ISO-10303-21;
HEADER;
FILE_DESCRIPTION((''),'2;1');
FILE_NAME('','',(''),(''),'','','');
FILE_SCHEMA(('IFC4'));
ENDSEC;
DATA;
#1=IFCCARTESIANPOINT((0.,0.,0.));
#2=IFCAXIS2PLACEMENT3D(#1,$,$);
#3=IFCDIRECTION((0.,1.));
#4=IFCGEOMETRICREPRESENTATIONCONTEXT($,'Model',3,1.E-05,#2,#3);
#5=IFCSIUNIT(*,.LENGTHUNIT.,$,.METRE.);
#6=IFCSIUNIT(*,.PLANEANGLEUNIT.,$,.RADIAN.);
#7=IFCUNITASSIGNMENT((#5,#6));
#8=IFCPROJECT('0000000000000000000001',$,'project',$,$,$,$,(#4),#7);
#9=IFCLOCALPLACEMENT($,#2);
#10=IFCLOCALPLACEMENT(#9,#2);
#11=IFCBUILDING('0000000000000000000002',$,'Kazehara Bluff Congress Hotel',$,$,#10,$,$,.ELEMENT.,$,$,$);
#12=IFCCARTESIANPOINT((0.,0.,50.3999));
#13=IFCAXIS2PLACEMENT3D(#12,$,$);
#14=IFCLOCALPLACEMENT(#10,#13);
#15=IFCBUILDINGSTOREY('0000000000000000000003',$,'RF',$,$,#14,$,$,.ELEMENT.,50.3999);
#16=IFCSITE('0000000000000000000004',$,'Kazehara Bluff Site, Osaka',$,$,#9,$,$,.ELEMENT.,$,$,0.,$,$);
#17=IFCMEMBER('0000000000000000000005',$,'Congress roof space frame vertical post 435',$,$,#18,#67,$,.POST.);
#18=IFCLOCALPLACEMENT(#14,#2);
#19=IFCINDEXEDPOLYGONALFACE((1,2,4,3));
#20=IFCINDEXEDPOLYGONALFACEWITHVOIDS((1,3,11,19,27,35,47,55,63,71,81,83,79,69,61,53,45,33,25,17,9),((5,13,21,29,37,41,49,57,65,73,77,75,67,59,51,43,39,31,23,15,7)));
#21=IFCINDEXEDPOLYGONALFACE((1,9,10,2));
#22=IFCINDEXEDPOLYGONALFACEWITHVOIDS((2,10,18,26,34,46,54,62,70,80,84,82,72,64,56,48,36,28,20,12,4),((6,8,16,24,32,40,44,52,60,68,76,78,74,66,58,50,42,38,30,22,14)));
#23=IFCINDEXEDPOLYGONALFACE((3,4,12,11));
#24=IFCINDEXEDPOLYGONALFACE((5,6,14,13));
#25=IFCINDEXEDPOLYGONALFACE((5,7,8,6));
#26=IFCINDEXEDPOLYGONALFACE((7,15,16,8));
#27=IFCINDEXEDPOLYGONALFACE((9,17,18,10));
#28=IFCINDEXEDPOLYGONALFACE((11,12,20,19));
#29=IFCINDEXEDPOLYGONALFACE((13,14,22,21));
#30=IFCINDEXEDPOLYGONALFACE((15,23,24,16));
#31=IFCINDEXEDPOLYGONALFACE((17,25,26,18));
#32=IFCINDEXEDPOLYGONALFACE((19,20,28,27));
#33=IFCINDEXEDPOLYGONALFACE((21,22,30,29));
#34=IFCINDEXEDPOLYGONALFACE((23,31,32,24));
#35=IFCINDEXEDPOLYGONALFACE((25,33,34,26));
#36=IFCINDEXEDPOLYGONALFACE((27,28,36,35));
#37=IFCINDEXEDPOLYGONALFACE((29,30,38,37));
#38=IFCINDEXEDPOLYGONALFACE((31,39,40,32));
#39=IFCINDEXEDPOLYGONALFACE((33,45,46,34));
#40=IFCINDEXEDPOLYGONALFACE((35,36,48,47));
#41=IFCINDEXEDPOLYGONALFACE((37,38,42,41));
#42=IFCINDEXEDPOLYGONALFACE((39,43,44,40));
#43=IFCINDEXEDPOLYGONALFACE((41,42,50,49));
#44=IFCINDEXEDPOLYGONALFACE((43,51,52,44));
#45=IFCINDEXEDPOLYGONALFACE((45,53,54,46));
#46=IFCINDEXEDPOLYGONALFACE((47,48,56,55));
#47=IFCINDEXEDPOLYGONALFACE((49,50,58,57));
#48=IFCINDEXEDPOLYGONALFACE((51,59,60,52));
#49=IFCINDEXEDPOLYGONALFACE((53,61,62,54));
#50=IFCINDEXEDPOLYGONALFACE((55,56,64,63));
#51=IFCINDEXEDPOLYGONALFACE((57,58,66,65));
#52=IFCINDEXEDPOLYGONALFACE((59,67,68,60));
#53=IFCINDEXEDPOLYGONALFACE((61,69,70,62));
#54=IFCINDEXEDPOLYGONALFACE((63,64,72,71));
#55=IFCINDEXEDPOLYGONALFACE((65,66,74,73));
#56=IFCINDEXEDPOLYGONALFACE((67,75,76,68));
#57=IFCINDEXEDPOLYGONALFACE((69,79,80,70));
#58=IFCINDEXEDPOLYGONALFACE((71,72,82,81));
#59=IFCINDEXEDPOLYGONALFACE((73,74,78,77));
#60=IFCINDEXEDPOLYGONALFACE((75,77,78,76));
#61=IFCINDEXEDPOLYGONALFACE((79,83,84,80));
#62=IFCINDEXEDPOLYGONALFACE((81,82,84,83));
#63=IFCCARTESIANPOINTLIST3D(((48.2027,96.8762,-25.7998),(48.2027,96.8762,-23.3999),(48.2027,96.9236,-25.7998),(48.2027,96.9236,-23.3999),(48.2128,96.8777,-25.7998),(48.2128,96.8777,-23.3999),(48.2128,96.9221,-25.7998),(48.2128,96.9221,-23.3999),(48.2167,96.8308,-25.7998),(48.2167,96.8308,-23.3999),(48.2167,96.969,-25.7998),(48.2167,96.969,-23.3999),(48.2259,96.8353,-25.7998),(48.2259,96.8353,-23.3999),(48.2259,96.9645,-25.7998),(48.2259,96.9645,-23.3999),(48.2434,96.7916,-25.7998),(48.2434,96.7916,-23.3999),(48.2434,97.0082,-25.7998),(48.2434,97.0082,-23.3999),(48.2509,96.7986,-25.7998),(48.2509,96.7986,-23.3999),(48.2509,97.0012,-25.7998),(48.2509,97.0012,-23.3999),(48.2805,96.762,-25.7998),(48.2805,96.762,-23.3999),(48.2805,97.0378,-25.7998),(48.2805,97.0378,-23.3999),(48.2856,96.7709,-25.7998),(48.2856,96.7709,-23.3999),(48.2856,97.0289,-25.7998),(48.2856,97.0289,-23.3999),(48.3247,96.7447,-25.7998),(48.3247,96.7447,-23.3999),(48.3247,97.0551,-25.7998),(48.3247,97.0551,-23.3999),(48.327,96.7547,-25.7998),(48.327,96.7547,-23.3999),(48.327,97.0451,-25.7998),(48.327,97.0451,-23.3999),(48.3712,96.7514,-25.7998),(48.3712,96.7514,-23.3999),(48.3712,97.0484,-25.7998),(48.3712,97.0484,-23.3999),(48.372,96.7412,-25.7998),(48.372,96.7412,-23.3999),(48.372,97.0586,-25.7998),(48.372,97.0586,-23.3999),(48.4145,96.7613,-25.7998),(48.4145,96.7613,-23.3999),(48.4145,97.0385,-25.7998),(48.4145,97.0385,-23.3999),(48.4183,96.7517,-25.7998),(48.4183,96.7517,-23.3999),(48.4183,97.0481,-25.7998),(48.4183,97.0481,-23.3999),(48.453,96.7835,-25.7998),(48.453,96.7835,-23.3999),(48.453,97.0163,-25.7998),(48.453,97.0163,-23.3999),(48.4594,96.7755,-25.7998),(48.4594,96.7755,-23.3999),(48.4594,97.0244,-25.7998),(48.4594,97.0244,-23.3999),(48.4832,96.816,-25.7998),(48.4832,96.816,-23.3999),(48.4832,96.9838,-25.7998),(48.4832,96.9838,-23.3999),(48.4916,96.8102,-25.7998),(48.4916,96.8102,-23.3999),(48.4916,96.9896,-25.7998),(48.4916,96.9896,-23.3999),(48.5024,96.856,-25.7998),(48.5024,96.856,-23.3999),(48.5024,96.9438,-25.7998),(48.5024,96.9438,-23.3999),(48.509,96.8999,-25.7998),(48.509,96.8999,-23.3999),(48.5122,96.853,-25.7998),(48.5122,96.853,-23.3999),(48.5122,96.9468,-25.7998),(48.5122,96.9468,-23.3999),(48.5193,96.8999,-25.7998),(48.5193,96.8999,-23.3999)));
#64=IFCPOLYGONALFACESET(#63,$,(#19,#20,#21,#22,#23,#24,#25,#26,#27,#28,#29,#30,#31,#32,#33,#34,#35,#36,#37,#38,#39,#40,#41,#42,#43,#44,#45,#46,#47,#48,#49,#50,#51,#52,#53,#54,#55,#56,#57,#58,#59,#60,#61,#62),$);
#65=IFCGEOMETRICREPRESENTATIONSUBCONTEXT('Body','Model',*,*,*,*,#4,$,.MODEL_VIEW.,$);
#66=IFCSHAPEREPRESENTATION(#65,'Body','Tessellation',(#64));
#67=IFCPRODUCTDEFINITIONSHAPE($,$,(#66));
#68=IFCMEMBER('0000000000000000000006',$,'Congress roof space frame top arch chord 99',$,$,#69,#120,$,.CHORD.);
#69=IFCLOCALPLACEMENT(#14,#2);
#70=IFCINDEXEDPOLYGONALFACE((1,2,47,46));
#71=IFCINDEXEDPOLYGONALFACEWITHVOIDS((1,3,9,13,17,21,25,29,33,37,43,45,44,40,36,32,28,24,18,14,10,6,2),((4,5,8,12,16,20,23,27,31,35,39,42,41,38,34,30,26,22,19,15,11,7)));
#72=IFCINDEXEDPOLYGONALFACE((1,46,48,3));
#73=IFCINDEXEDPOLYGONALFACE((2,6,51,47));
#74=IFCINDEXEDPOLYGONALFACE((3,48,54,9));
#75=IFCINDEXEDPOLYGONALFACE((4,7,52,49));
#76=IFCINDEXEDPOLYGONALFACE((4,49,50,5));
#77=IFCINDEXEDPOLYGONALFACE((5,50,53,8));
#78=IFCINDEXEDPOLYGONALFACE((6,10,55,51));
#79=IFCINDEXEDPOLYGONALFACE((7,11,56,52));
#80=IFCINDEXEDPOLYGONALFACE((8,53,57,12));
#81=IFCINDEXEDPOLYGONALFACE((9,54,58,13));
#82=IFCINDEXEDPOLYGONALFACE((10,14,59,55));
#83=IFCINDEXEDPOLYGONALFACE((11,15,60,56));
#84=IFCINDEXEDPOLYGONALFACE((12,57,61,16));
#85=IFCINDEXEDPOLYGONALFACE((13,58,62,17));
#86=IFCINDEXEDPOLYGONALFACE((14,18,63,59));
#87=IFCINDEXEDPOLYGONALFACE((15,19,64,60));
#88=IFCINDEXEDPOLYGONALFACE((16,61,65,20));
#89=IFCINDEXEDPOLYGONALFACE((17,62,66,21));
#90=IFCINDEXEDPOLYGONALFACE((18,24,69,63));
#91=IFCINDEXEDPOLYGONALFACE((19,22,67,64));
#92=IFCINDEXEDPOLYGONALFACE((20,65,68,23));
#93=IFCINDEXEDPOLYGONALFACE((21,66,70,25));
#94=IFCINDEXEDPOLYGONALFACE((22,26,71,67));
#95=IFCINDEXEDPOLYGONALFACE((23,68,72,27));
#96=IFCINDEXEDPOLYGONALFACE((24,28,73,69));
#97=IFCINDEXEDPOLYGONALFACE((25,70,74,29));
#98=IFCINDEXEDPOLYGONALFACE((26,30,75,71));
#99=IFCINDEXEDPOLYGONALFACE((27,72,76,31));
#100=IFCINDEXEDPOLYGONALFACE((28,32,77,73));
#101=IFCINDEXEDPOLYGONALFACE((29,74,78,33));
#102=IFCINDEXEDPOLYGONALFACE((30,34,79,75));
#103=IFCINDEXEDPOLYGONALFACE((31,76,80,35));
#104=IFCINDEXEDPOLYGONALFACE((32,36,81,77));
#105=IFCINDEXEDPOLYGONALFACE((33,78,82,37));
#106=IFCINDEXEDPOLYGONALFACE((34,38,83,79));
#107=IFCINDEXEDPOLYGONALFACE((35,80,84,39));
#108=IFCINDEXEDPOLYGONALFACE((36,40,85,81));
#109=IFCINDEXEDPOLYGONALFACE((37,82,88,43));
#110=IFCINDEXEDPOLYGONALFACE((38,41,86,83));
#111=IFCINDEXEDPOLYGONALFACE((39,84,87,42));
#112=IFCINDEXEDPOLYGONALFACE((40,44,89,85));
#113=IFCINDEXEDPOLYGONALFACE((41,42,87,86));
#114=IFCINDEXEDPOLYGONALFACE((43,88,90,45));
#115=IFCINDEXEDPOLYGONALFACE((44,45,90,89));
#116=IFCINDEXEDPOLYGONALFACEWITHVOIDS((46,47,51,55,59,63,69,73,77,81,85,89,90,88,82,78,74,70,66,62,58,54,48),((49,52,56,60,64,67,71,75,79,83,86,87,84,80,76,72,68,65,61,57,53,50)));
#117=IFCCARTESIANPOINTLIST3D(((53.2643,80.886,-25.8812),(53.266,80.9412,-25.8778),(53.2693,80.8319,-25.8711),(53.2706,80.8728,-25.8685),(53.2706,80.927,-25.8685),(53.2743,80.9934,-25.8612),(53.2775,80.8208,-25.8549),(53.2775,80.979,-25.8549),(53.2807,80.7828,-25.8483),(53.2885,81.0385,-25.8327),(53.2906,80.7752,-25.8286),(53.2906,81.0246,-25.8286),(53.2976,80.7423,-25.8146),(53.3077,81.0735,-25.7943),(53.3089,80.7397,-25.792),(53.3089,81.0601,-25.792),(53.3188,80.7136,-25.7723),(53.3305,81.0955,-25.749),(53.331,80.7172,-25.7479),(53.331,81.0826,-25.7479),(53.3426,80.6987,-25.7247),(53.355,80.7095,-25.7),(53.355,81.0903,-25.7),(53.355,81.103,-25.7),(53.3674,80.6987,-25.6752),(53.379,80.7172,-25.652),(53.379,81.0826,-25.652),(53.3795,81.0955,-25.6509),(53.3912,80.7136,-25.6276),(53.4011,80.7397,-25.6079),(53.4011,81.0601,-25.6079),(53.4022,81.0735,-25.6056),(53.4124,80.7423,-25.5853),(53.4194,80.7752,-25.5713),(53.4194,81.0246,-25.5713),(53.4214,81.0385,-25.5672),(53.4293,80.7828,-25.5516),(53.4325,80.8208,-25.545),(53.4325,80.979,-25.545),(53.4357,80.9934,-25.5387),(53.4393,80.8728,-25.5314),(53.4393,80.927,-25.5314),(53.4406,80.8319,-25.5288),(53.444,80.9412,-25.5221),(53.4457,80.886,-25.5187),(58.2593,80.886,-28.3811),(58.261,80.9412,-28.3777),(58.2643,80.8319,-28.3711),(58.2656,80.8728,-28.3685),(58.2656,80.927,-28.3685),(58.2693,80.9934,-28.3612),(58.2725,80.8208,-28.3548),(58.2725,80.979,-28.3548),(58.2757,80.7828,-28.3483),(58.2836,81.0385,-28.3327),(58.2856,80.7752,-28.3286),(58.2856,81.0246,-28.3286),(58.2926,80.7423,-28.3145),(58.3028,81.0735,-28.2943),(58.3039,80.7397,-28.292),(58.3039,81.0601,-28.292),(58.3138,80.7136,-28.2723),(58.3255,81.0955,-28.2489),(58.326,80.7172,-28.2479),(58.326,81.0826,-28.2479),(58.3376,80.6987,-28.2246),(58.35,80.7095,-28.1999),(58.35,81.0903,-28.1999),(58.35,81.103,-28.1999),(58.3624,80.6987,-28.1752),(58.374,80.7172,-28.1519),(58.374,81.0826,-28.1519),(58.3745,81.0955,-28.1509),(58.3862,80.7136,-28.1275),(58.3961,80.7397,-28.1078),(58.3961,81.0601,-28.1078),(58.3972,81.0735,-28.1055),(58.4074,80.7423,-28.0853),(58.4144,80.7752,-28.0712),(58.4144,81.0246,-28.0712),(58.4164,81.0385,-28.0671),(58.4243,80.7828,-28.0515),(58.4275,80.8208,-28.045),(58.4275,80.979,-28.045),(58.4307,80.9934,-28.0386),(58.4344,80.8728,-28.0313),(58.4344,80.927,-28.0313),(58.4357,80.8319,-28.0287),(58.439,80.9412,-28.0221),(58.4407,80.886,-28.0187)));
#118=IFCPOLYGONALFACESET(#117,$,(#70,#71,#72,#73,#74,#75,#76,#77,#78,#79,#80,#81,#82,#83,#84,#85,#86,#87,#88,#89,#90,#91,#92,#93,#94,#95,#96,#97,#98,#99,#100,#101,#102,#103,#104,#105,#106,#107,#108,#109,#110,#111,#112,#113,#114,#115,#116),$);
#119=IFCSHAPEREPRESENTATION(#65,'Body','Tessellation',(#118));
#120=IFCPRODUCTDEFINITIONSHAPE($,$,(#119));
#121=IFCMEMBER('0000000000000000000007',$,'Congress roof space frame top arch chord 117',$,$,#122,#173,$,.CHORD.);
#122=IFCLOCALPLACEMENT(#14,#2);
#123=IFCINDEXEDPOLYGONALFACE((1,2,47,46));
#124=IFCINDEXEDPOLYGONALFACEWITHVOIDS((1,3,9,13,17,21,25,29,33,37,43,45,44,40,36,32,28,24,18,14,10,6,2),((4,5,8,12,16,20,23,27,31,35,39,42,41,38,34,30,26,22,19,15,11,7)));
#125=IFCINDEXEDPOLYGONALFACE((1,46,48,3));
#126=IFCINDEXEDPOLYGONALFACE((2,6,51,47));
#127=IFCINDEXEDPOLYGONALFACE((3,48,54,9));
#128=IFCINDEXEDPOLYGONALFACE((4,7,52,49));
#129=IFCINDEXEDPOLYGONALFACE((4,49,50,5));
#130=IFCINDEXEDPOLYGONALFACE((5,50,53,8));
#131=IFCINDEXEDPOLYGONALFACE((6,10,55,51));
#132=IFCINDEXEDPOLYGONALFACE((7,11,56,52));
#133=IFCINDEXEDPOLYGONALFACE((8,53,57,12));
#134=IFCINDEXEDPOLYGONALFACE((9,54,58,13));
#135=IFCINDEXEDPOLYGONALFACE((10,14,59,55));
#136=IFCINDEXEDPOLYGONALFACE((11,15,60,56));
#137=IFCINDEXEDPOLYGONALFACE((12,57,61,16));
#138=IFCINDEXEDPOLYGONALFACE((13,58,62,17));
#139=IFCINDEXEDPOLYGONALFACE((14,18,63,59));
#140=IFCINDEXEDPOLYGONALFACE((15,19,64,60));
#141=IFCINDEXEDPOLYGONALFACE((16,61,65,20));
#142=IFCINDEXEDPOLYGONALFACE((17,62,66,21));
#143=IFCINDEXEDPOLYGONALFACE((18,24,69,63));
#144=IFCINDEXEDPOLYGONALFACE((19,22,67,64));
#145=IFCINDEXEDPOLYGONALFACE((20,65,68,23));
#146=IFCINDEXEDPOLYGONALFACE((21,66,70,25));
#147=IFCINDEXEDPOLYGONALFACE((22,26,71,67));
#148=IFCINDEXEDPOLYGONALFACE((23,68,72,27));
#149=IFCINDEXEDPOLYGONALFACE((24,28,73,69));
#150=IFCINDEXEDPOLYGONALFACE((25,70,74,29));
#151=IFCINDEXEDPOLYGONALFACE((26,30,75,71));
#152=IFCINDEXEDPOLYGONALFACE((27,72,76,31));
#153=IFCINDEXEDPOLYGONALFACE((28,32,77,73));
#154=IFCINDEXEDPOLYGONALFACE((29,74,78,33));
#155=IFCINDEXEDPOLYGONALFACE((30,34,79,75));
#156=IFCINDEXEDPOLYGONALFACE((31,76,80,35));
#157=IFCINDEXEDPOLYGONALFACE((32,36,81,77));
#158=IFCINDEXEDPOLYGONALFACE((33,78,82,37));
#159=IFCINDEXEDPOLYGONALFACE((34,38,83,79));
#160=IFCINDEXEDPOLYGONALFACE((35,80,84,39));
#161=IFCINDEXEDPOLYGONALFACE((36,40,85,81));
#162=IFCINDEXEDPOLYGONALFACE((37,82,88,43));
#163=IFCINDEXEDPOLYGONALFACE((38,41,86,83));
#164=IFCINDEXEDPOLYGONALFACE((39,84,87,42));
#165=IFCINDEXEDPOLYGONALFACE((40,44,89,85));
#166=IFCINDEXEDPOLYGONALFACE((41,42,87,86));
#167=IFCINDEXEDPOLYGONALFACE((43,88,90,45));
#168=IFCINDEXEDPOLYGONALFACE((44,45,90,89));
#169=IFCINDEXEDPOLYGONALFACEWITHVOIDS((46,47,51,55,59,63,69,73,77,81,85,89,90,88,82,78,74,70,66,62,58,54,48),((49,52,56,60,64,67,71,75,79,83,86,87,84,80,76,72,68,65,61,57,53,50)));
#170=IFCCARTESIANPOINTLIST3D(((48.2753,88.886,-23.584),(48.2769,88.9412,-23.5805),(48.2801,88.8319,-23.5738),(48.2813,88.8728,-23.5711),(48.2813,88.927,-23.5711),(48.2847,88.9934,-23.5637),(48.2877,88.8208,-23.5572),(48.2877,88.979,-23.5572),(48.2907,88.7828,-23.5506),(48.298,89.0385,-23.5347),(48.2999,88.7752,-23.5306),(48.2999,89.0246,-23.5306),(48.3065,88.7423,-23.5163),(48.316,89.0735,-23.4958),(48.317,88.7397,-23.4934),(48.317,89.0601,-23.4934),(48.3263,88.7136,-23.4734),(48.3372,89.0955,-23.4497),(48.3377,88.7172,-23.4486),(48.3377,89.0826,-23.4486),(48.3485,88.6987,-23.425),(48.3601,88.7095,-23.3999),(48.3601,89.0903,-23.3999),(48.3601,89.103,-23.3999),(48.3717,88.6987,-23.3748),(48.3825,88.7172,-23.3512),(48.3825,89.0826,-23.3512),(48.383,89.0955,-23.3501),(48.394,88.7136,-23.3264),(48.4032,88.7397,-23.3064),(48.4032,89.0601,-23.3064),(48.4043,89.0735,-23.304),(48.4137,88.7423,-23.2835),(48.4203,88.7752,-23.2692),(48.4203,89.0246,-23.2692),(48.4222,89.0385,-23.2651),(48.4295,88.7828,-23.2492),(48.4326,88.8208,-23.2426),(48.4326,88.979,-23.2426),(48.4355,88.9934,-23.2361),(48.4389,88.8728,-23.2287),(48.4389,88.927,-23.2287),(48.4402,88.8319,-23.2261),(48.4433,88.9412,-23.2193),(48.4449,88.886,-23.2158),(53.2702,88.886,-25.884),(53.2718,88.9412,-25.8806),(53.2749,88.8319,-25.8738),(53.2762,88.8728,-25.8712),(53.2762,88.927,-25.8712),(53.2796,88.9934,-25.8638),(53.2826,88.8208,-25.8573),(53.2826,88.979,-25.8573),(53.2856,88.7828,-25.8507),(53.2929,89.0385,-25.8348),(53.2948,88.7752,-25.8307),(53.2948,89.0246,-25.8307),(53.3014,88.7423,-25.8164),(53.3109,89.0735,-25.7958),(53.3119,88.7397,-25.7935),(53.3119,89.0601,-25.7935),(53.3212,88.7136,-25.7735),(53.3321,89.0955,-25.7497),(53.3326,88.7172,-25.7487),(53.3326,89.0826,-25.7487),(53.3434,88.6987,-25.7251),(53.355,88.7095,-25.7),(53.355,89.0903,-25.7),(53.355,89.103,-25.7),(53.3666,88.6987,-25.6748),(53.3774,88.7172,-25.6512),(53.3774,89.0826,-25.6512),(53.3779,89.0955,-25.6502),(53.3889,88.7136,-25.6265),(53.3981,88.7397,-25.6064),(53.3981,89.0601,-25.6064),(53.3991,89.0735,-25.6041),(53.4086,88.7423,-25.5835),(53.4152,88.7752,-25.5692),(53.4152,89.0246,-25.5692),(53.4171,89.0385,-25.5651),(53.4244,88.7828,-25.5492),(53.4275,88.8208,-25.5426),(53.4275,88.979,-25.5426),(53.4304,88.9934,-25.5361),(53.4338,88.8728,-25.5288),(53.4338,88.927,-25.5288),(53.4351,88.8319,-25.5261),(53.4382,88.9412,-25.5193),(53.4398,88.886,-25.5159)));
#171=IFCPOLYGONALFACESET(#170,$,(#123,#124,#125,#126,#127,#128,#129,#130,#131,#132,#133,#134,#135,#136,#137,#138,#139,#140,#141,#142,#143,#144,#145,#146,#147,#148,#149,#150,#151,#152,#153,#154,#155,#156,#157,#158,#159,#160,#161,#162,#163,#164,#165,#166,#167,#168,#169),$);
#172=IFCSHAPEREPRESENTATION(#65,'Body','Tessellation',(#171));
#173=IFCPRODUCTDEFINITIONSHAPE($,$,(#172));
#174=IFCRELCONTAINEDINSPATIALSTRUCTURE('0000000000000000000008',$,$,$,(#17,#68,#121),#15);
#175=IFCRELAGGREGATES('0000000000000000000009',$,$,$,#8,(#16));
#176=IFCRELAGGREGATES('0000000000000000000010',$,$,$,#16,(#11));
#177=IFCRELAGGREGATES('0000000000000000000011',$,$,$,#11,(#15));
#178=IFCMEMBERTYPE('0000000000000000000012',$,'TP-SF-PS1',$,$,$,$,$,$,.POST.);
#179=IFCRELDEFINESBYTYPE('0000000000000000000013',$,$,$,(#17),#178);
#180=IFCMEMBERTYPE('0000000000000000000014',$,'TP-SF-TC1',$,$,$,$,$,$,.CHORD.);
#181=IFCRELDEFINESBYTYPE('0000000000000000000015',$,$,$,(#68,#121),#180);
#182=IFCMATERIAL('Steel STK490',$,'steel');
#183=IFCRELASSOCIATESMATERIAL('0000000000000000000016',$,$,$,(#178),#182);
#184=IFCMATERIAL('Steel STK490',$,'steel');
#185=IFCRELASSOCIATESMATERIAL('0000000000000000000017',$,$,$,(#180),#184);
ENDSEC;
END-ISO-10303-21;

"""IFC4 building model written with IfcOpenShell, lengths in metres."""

from ifc_helpers import new_model, si_unit, direction, frame, origin, origin_2d, place, context, subcontext, project, spatial, hollow_circle, extrude, material, material_profile, profile_set, type_object, element, save


model = new_model("IFC4")

# Units and contexts
model_context = context("Model", 3, precision=1e-05, world=origin(), true_north=direction((0.0, 1.0)))
body_context = subcontext(model_context, "Body", "Model", "MODEL_VIEW")
ifc_project = project(units=[si_unit("LENGTHUNIT", "METRE"), si_unit("PLANEANGLEUNIT", "RADIAN")], contexts=[model_context])

# Site, building, storey
site_placement = place(None, origin())
site = spatial("IfcSite", under=ifc_project, at=site_placement, Name="Kazehara Bluff Site, Osaka", CompositionType="ELEMENT", RefElevation=0.0)
building_placement = place(site_placement, origin())
building = spatial("IfcBuilding", under=site, at=building_placement, Name="Kazehara Bluff Congress Hotel", CompositionType="ELEMENT")
storey_placement = place(building_placement, frame((0.0, 0.0, 50.3999)))
storey = spatial("IfcBuildingStorey", under=building, at=storey_placement, Name="RF", CompositionType="ELEMENT", Elevation=50.3999)

# Members
ifc_material_1 = material(Name="Steel STK490", Category="steel")
ifc_material_profile_1 = material_profile(ifc_material_1, hollow_circle(Radius=0.1592, WallThickness=0.0103, at=origin_2d()))
ifc_profile_set_1 = profile_set([ifc_material_profile_1], Name="Steel STK490")
member_type_1 = type_object("IfcMemberType", Name="TP-SF-PS1", PredefinedType="POST", material=ifc_profile_set_1)
for number, where, z_axis, x_axis, name in (
    (1, (48.3601, 96.8999, -25.7998), (0.0, 0.0, 1.0), (1.0, 0.0, 0.0), "Congress roof space frame vertical post 435"),
):
    element("IfcMember", number, at=place(storey_placement, frame(where, z_axis=z_axis, x_axis=x_axis)), inside=storey, type_object=member_type_1, Name=name, PredefinedType="POST", context=body_context, shape_type="SweptSolid", body=[
        extrude(hollow_circle(Radius=0.1592, WallThickness=0.0103, at=origin_2d()), origin(), (0.0, 0.0, 1.0), 2.3999),
    ])
ifc_material_2 = material(Name="Steel STK490", Category="steel")
ifc_material_profile_2 = material_profile(ifc_material_2, hollow_circle(Radius=0.2031, WallThickness=0.0127, at=origin_2d()))
ifc_profile_set_2 = profile_set([ifc_material_profile_2], Name="Steel STK490")
member_type_2 = type_object("IfcMemberType", Name="TP-SF-TC1", PredefinedType="CHORD", material=ifc_profile_set_2)
member_1_placement = place(storey_placement, frame((53.355, 80.8999, -25.7), z_axis=(0.894252, 0.0, -0.447563), x_axis=(0.0, 1.0, 0.0)))
element("IfcMember", 2, at=member_1_placement, inside=storey, type_object=member_type_2, Name="Congress roof space frame top arch chord 99", PredefinedType="CHORD", context=body_context, shape_type="SweptSolid", body=[
    extrude(hollow_circle(Radius=0.2031, WallThickness=0.0127, at=origin_2d()), origin(), (0.0, 0.0, 1.0), 5.5857),
])
member_2_placement = place(storey_placement, frame((48.3601, 88.8999, -23.3999), z_axis=(0.908324, 0.0, -0.418267), x_axis=(0.0, 1.0, 0.0)))
element("IfcMember", 3, at=member_2_placement, inside=storey, type_object=member_type_2, Name="Congress roof space frame top arch chord 117", PredefinedType="CHORD", context=body_context, shape_type="SweptSolid", body=[
    extrude(hollow_circle(Radius=0.2031, WallThickness=0.0127, at=origin_2d()), origin(), (0.0, 0.0, 1.0), 5.499),
])

save(model, "model.ifc")
